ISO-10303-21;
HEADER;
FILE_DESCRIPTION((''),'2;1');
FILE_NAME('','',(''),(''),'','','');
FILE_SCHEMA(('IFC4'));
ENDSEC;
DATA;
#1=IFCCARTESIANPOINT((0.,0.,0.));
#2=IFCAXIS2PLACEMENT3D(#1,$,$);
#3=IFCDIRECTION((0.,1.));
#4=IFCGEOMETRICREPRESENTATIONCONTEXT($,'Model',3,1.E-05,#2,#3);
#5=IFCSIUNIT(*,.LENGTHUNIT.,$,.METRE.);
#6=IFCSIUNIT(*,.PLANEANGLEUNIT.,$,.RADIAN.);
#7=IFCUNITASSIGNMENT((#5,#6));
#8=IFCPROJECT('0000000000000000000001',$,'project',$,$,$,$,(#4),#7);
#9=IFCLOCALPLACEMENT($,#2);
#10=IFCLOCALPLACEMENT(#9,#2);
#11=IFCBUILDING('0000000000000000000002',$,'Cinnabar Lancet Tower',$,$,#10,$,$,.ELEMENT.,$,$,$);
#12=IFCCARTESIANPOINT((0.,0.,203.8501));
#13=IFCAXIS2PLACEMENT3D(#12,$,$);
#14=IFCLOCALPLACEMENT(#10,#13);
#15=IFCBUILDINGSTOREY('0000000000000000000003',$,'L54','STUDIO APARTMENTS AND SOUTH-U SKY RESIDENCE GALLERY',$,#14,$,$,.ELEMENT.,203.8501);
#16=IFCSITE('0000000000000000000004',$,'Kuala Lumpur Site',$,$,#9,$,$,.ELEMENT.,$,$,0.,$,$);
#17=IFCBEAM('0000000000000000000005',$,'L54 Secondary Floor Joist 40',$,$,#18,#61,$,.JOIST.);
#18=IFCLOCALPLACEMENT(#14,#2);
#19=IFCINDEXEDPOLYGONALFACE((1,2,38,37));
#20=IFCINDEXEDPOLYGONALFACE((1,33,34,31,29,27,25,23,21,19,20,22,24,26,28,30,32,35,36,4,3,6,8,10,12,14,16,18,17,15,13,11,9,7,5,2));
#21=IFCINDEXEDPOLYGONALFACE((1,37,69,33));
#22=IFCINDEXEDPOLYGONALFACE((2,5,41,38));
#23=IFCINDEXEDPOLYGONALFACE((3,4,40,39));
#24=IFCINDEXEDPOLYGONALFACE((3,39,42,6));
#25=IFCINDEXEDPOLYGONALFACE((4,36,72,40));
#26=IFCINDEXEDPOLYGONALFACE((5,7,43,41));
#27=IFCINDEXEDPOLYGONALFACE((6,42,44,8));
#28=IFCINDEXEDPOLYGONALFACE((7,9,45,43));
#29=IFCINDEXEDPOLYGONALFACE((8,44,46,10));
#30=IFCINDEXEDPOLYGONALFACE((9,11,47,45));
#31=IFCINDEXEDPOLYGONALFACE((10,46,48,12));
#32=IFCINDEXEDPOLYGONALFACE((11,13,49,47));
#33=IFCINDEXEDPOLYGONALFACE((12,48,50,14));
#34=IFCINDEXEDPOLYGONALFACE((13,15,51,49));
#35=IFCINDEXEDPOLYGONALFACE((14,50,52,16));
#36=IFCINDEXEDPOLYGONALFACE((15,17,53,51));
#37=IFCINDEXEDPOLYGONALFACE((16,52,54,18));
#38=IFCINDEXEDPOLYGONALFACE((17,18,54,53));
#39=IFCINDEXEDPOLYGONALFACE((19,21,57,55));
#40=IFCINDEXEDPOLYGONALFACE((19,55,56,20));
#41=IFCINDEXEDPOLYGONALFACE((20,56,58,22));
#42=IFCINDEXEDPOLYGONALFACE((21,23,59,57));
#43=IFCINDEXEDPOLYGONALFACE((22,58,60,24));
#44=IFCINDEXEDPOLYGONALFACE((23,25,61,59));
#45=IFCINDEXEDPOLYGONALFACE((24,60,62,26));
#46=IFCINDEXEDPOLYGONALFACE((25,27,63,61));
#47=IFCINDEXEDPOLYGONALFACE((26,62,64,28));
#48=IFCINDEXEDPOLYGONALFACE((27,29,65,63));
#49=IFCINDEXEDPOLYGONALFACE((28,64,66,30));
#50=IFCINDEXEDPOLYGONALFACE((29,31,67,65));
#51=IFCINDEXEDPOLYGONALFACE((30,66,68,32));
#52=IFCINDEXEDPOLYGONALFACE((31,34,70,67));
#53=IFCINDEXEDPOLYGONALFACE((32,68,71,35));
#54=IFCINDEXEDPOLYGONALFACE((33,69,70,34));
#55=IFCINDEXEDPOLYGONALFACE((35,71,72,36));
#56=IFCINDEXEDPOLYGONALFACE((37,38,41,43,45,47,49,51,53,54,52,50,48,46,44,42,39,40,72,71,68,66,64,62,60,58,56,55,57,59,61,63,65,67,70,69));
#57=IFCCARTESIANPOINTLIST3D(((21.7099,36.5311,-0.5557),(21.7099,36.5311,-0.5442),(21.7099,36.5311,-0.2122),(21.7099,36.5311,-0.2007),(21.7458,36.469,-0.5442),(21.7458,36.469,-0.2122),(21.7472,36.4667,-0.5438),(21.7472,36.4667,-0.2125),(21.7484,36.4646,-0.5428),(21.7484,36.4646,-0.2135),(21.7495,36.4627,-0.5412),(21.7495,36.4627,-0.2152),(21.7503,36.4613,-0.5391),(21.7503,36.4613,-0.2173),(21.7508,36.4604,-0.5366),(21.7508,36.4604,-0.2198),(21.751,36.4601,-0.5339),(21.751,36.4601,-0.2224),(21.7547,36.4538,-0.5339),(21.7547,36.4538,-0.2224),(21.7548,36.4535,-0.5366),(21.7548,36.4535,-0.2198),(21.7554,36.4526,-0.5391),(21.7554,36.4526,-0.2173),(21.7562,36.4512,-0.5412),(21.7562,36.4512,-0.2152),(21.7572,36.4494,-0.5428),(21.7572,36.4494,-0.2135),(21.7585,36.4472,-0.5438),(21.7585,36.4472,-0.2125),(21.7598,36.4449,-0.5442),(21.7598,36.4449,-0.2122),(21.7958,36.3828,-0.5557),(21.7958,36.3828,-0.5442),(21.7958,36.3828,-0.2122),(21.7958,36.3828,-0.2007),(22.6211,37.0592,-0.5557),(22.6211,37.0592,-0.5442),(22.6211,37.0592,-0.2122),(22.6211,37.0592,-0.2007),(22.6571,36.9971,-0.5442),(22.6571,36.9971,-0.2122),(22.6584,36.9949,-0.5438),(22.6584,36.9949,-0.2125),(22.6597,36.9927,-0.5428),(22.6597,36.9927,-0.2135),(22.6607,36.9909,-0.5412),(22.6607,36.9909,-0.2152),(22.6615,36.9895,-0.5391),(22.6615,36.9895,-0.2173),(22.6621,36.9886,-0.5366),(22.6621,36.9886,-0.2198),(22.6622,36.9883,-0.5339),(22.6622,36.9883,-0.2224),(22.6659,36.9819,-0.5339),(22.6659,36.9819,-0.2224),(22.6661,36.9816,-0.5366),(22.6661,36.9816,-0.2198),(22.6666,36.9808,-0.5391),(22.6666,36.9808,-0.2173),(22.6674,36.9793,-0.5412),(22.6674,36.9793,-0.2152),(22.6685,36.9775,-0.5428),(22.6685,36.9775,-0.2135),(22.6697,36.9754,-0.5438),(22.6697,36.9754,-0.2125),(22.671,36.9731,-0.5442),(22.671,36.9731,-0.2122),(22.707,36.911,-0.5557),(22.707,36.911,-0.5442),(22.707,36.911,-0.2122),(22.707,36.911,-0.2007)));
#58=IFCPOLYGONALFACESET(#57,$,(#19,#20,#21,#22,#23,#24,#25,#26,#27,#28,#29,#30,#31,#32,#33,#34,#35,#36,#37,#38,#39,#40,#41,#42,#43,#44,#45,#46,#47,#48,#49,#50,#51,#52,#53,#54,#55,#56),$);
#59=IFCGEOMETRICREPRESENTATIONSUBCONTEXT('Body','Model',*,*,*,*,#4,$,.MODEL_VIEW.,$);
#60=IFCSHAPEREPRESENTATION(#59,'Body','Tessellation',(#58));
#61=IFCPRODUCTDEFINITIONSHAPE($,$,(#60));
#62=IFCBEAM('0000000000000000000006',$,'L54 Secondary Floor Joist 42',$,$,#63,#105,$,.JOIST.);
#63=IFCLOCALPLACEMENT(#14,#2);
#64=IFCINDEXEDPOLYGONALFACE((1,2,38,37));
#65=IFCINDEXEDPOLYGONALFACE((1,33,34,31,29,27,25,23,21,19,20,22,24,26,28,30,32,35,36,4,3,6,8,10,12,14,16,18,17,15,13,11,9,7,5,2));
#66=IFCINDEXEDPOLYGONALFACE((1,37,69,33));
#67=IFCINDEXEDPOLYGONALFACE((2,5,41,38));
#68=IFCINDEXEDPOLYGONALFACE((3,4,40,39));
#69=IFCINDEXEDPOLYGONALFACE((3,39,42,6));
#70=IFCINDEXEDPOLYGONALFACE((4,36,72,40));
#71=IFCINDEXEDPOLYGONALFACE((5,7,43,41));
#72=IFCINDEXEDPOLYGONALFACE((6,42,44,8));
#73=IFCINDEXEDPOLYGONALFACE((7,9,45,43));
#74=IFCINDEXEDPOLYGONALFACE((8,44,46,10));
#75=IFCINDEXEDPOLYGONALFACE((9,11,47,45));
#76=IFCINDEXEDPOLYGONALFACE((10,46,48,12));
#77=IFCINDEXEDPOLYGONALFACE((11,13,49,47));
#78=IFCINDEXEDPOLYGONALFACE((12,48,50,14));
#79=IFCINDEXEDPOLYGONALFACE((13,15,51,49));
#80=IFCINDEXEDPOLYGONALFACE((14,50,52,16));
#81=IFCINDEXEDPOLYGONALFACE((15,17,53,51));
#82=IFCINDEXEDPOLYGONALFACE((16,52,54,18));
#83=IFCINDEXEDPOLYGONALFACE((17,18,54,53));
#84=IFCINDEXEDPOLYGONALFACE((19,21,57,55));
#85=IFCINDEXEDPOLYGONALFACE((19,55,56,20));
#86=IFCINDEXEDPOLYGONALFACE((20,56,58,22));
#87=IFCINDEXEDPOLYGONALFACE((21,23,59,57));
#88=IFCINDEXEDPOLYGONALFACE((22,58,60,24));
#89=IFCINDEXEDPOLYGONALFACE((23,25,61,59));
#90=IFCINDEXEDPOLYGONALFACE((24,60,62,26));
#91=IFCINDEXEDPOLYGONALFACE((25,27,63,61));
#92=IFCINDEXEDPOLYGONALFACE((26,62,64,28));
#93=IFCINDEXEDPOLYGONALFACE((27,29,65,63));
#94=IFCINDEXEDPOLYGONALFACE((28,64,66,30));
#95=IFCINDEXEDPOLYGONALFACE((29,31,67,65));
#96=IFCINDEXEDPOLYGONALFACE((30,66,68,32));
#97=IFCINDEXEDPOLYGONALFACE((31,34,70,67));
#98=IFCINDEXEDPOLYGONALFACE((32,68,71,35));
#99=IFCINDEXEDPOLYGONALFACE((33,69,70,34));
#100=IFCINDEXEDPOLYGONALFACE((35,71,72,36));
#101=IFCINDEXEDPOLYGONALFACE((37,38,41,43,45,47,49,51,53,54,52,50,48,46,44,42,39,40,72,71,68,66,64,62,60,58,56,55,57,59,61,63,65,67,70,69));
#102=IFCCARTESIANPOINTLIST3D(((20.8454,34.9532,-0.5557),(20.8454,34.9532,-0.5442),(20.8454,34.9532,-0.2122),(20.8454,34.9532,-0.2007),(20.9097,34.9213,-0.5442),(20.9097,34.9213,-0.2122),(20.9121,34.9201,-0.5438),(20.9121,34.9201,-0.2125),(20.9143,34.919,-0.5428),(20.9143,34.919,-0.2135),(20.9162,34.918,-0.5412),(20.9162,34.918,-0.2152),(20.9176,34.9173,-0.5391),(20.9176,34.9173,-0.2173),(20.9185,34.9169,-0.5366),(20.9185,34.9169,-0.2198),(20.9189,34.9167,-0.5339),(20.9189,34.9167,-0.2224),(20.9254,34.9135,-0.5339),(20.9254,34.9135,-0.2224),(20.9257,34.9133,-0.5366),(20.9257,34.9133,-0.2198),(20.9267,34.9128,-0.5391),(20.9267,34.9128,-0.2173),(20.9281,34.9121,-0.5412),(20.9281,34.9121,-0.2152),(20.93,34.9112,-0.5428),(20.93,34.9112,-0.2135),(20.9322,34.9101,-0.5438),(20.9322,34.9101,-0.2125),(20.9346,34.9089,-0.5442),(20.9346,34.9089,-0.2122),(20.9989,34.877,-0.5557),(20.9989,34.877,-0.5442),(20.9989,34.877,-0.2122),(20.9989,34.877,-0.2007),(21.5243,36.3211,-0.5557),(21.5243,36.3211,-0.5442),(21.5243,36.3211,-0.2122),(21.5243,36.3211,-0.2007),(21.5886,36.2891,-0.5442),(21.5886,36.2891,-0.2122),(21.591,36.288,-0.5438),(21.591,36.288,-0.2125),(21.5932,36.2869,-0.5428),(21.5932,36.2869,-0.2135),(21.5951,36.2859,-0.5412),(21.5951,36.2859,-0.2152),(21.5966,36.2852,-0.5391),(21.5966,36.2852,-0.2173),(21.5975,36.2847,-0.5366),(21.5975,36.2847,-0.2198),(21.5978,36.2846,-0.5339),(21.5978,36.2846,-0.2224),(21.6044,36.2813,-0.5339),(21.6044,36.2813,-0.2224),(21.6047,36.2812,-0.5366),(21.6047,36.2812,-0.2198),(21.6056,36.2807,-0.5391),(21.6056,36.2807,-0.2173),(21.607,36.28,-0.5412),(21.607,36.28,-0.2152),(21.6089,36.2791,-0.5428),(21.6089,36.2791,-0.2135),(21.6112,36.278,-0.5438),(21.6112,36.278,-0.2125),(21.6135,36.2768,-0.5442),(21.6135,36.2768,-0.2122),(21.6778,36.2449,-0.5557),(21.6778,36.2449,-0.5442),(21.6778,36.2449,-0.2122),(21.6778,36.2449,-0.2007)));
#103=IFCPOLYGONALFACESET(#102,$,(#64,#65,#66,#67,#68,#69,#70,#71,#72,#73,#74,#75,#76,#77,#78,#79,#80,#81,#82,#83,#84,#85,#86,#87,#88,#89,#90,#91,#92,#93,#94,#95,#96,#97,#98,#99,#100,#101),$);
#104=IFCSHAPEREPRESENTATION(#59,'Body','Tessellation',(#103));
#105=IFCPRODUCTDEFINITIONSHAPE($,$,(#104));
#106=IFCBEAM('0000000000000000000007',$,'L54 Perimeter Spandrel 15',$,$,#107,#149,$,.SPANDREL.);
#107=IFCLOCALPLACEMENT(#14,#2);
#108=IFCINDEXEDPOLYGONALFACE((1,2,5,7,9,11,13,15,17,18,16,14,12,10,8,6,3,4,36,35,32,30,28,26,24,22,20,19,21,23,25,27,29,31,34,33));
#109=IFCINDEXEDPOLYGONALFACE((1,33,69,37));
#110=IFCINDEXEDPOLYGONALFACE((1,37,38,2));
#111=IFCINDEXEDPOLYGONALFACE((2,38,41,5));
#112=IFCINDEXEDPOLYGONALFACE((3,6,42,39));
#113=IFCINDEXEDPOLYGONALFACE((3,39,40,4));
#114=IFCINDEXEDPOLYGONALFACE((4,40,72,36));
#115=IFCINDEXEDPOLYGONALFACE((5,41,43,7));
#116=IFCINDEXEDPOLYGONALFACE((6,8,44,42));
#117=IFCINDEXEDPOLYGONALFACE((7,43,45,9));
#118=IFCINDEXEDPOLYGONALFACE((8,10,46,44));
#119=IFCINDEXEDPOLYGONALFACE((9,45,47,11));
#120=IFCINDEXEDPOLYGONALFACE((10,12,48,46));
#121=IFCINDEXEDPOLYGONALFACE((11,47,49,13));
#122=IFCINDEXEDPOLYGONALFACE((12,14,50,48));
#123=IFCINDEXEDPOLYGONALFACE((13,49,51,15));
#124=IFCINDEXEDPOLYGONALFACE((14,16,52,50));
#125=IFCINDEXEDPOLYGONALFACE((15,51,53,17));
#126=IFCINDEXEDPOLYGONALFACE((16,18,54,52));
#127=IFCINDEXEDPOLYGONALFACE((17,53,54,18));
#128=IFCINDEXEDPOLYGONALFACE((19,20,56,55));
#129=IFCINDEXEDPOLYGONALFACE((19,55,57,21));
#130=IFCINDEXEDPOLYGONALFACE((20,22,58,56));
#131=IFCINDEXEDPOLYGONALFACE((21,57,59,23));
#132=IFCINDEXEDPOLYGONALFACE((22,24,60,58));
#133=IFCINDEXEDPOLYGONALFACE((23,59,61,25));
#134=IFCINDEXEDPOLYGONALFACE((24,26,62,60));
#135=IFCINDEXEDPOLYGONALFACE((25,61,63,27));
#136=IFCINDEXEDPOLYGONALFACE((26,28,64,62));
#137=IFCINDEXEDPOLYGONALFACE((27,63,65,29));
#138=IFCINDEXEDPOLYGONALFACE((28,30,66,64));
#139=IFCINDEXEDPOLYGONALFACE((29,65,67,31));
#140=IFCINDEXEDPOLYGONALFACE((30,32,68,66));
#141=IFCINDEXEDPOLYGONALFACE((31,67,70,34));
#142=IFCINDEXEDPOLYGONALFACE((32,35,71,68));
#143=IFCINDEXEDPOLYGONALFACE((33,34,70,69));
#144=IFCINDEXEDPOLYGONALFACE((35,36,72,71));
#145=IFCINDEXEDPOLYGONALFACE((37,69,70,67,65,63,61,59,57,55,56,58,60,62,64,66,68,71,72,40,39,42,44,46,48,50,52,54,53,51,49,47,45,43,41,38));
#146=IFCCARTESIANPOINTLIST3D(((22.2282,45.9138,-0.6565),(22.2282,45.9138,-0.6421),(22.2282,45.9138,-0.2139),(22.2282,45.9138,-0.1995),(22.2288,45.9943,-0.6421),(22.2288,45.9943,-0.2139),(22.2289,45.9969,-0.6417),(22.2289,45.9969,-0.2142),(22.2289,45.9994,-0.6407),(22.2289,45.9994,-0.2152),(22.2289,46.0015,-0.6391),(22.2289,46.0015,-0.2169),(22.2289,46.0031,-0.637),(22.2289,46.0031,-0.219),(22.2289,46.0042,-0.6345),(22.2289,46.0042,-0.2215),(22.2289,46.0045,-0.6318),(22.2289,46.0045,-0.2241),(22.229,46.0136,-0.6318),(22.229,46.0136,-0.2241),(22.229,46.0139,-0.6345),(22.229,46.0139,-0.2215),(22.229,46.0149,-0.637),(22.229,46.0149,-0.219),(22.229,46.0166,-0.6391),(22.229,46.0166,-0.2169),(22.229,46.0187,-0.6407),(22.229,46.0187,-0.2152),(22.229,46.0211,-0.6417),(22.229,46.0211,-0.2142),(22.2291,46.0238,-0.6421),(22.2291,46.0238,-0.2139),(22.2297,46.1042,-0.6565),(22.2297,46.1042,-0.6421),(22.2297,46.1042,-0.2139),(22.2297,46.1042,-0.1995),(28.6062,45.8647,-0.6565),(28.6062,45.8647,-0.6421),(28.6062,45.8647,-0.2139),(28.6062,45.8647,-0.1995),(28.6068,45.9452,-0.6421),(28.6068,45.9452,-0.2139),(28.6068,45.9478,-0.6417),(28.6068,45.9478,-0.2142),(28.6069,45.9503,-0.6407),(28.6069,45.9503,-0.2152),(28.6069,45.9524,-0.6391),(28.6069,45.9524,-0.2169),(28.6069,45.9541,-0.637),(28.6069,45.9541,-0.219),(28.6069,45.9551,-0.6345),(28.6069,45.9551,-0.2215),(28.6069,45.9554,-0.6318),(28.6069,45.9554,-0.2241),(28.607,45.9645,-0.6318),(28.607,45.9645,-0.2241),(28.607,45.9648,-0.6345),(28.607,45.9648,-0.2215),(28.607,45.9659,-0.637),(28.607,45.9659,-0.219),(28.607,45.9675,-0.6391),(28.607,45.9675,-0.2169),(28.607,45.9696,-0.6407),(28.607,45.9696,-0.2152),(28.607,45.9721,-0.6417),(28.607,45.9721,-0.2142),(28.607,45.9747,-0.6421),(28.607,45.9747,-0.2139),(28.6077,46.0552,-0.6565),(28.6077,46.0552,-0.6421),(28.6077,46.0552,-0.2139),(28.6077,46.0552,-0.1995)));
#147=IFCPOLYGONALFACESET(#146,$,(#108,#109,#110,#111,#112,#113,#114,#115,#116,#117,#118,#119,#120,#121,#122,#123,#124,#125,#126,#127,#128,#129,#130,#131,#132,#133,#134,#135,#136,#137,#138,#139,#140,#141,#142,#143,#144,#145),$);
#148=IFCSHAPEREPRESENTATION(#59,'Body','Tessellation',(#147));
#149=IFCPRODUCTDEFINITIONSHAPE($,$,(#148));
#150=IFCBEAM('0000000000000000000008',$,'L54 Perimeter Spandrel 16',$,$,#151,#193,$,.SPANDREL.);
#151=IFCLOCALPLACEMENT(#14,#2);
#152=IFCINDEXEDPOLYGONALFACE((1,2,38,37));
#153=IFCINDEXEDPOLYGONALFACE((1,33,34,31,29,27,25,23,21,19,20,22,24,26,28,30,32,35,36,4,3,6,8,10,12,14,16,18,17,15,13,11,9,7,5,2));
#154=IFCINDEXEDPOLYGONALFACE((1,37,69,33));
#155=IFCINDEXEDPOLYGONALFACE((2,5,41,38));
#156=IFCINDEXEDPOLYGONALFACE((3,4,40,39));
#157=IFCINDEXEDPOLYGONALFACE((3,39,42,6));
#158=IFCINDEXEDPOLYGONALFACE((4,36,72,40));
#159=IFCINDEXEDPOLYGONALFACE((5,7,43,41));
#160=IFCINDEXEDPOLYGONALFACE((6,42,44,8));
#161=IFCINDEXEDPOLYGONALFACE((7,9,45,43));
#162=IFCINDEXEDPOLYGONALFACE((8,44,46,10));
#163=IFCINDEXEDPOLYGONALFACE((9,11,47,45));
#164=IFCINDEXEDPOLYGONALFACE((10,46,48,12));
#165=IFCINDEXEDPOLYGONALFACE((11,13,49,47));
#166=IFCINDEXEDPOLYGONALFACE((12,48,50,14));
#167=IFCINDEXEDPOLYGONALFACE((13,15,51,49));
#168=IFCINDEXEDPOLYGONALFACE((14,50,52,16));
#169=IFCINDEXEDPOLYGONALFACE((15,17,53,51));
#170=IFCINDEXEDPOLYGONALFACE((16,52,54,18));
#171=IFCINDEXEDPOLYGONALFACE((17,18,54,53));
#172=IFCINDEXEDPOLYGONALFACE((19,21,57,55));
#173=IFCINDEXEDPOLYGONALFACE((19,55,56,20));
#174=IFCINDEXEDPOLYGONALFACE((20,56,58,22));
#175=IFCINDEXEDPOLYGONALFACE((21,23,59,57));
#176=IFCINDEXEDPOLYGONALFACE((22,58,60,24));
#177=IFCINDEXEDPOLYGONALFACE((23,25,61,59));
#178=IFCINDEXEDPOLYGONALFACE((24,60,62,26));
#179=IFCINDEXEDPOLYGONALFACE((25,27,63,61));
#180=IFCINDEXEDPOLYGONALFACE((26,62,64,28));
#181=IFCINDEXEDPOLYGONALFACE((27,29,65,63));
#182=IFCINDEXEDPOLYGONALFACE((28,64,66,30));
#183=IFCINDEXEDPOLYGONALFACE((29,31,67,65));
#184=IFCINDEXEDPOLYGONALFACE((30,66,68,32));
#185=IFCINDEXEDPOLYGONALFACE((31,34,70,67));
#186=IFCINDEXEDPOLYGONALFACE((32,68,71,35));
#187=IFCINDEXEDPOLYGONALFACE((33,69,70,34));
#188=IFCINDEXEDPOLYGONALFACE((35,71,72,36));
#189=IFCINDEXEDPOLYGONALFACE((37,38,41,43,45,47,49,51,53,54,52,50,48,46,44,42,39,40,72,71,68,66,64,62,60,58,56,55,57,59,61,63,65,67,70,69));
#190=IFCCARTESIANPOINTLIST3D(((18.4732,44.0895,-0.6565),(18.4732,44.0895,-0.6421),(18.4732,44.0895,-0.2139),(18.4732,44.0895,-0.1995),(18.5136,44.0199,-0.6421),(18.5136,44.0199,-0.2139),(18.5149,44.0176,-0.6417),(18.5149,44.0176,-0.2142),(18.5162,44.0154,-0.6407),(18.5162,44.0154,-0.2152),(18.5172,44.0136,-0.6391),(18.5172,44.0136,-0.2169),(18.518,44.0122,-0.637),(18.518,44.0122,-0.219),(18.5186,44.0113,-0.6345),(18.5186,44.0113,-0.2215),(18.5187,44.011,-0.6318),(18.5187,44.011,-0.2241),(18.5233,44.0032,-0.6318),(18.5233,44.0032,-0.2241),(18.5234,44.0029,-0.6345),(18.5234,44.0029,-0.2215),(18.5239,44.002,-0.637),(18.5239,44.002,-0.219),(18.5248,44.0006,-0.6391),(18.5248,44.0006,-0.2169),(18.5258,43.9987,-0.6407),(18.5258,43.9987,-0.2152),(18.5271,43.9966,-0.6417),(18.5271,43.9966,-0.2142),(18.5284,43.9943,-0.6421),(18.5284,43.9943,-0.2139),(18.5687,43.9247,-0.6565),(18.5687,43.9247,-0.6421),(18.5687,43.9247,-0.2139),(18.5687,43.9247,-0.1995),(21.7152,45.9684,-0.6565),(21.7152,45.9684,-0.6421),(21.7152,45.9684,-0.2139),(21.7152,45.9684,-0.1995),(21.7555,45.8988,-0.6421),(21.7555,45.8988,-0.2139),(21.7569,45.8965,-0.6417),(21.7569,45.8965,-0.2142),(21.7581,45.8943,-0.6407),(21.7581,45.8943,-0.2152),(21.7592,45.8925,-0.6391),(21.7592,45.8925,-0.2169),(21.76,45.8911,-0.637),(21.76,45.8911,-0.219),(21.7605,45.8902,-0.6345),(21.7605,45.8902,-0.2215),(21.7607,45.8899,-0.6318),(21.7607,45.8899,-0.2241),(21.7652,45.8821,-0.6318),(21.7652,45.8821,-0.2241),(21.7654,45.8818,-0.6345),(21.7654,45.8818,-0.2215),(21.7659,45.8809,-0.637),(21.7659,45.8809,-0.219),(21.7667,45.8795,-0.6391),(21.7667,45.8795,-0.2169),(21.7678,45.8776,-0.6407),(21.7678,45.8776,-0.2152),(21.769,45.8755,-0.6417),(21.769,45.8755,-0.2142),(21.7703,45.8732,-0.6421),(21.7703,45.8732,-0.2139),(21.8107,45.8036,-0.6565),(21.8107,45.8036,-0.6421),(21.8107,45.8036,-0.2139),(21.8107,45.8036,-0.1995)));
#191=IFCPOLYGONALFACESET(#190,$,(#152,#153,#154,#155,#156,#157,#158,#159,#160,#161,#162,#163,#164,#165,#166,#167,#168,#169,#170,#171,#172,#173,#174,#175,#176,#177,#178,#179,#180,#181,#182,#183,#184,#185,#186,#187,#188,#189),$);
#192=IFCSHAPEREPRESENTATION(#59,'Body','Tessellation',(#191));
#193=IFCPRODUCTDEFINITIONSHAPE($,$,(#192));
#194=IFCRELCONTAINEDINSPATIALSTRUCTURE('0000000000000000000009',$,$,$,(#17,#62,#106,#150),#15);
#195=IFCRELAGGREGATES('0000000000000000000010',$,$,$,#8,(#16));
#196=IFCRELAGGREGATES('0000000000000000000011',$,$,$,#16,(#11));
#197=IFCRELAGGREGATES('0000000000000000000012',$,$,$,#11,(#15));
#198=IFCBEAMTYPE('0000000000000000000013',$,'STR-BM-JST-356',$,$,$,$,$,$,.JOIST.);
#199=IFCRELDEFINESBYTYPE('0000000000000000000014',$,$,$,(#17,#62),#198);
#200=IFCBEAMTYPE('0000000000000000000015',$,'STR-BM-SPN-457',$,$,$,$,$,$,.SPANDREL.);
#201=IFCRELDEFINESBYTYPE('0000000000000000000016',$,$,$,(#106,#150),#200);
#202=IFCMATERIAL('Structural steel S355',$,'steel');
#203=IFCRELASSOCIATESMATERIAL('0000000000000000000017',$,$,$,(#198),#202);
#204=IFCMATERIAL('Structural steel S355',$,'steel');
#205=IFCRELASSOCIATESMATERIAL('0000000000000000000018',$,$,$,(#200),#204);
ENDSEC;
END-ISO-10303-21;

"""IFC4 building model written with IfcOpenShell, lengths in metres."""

from ifc_helpers import new_model, si_unit, direction, frame, origin, origin_2d, place, context, subcontext, project, spatial, i_section, extrude, material, material_profile, profile_set, type_object, element, save


model = new_model("IFC4")

# Units and contexts
model_context = context("Model", 3, precision=1e-05, world=origin(), true_north=direction((0.0, 1.0)))
body_context = subcontext(model_context, "Body", "Model", "MODEL_VIEW")
ifc_project = project(units=[si_unit("LENGTHUNIT", "METRE"), si_unit("PLANEANGLEUNIT", "RADIAN")], contexts=[model_context])

# Site, building, storey
site_placement = place(None, origin())
site = spatial("IfcSite", under=ifc_project, at=site_placement, Name="Kuala Lumpur Site", CompositionType="ELEMENT", RefElevation=0.0)
building_placement = place(site_placement, origin())
building = spatial("IfcBuilding", under=site, at=building_placement, Name="Cinnabar Lancet Tower", CompositionType="ELEMENT")
storey_placement = place(building_placement, frame((0.0, 0.0, 203.8501)))
storey = spatial("IfcBuildingStorey", under=building, at=storey_placement, Name="L54", Description="STUDIO APARTMENTS AND SOUTH-U SKY RESIDENCE GALLERY", CompositionType="ELEMENT", Elevation=203.8501)

# Beams
ifc_material_1 = material(Name="Structural steel S355", Category="steel")
ifc_material_profile_1 = material_profile(ifc_material_1, i_section(OverallWidth=0.1714, OverallDepth=0.355, WebThickness=0.0073, FlangeThickness=0.0115, FilletRadius=0.0103, at=origin_2d()), Name="UKB 356x171x51")
ifc_profile_set_1 = profile_set([ifc_material_profile_1], Name="Structural steel S355")
beam_type_1 = type_object("IfcBeamType", Name="STR-BM-JST-356", PredefinedType="JOIST", material=ifc_profile_set_1)
beam_1_placement = place(storey_placement, frame((22.6641, 36.9851, -0.3782), z_axis=(-0.865188, -0.501447, 0.0), x_axis=(0.501447, -0.865188, 0.0)))
element("IfcBeam", 1, at=beam_1_placement, inside=storey, type_object=beam_type_1, Name="L54 Secondary Floor Joist 40", PredefinedType="JOIST", context=body_context, shape_type="SweptSolid", body=[
    extrude(i_section(OverallWidth=0.1714, OverallDepth=0.355, WebThickness=0.0073, FlangeThickness=0.0115, FilletRadius=0.0103, at=origin_2d()), origin(), (0.0, 0.0, 1.0), 1.0532),
])
beam_2_placement = place(storey_placement, frame((21.6011, 36.283, -0.3782), z_axis=(-0.44459, -0.895734, 0.0), x_axis=(0.895734, -0.44459, 0.0)))
element("IfcBeam", 2, at=beam_2_placement, inside=storey, type_object=beam_type_1, Name="L54 Secondary Floor Joist 42", PredefinedType="JOIST", context=body_context, shape_type="SweptSolid", body=[
    extrude(i_section(OverallWidth=0.1714, OverallDepth=0.355, WebThickness=0.0073, FlangeThickness=0.0115, FilletRadius=0.0103, at=origin_2d()), origin(), (0.0, 0.0, 1.0), 1.5271),
])
ifc_material_2 = material(Name="Structural steel S355", Category="steel")
ifc_material_profile_2 = material_profile(ifc_material_2, i_section(OverallWidth=0.1904, OverallDepth=0.457, WebThickness=0.009, FlangeThickness=0.0144, FilletRadius=0.0103, at=origin_2d()), Name="UKB 457x191x74")
ifc_profile_set_2 = profile_set([ifc_material_profile_2], Name="Structural steel S355")
beam_type_2 = type_object("IfcBeamType", Name="STR-BM-SPN-457", PredefinedType="SPANDREL", material=ifc_profile_set_2)
beam_3_placement = place(storey_placement, frame((28.6069, 45.96, -0.428), z_axis=(-0.99997, 0.007694, 0.0), x_axis=(-0.007694, -0.99997, 0.0)))
element("IfcBeam", 3, at=beam_3_placement, inside=storey, type_object=beam_type_2, Name="L54 Perimeter Spandrel 15", PredefinedType="SPANDREL", context=body_context, shape_type="SweptSolid", body=[
    extrude(i_section(OverallWidth=0.1904, OverallDepth=0.457, WebThickness=0.009, FlangeThickness=0.0144, FilletRadius=0.0103, at=origin_2d()), origin(), (0.0, 0.0, 1.0), 6.3782),
])
beam_4_placement = place(storey_placement, frame((21.7629, 45.886, -0.428), z_axis=(-0.865196, -0.501434, 0.0), x_axis=(0.501434, -0.865196, 0.0)))
element("IfcBeam", 4, at=beam_4_placement, inside=storey, type_object=beam_type_2, Name="L54 Perimeter Spandrel 16", PredefinedType="SPANDREL", context=body_context, shape_type="SweptSolid", body=[
    extrude(i_section(OverallWidth=0.1904, OverallDepth=0.457, WebThickness=0.009, FlangeThickness=0.0144, FilletRadius=0.0103, at=origin_2d()), origin(), (0.0, 0.0, 1.0), 3.7471),
])

save(model, "model.ifc")
